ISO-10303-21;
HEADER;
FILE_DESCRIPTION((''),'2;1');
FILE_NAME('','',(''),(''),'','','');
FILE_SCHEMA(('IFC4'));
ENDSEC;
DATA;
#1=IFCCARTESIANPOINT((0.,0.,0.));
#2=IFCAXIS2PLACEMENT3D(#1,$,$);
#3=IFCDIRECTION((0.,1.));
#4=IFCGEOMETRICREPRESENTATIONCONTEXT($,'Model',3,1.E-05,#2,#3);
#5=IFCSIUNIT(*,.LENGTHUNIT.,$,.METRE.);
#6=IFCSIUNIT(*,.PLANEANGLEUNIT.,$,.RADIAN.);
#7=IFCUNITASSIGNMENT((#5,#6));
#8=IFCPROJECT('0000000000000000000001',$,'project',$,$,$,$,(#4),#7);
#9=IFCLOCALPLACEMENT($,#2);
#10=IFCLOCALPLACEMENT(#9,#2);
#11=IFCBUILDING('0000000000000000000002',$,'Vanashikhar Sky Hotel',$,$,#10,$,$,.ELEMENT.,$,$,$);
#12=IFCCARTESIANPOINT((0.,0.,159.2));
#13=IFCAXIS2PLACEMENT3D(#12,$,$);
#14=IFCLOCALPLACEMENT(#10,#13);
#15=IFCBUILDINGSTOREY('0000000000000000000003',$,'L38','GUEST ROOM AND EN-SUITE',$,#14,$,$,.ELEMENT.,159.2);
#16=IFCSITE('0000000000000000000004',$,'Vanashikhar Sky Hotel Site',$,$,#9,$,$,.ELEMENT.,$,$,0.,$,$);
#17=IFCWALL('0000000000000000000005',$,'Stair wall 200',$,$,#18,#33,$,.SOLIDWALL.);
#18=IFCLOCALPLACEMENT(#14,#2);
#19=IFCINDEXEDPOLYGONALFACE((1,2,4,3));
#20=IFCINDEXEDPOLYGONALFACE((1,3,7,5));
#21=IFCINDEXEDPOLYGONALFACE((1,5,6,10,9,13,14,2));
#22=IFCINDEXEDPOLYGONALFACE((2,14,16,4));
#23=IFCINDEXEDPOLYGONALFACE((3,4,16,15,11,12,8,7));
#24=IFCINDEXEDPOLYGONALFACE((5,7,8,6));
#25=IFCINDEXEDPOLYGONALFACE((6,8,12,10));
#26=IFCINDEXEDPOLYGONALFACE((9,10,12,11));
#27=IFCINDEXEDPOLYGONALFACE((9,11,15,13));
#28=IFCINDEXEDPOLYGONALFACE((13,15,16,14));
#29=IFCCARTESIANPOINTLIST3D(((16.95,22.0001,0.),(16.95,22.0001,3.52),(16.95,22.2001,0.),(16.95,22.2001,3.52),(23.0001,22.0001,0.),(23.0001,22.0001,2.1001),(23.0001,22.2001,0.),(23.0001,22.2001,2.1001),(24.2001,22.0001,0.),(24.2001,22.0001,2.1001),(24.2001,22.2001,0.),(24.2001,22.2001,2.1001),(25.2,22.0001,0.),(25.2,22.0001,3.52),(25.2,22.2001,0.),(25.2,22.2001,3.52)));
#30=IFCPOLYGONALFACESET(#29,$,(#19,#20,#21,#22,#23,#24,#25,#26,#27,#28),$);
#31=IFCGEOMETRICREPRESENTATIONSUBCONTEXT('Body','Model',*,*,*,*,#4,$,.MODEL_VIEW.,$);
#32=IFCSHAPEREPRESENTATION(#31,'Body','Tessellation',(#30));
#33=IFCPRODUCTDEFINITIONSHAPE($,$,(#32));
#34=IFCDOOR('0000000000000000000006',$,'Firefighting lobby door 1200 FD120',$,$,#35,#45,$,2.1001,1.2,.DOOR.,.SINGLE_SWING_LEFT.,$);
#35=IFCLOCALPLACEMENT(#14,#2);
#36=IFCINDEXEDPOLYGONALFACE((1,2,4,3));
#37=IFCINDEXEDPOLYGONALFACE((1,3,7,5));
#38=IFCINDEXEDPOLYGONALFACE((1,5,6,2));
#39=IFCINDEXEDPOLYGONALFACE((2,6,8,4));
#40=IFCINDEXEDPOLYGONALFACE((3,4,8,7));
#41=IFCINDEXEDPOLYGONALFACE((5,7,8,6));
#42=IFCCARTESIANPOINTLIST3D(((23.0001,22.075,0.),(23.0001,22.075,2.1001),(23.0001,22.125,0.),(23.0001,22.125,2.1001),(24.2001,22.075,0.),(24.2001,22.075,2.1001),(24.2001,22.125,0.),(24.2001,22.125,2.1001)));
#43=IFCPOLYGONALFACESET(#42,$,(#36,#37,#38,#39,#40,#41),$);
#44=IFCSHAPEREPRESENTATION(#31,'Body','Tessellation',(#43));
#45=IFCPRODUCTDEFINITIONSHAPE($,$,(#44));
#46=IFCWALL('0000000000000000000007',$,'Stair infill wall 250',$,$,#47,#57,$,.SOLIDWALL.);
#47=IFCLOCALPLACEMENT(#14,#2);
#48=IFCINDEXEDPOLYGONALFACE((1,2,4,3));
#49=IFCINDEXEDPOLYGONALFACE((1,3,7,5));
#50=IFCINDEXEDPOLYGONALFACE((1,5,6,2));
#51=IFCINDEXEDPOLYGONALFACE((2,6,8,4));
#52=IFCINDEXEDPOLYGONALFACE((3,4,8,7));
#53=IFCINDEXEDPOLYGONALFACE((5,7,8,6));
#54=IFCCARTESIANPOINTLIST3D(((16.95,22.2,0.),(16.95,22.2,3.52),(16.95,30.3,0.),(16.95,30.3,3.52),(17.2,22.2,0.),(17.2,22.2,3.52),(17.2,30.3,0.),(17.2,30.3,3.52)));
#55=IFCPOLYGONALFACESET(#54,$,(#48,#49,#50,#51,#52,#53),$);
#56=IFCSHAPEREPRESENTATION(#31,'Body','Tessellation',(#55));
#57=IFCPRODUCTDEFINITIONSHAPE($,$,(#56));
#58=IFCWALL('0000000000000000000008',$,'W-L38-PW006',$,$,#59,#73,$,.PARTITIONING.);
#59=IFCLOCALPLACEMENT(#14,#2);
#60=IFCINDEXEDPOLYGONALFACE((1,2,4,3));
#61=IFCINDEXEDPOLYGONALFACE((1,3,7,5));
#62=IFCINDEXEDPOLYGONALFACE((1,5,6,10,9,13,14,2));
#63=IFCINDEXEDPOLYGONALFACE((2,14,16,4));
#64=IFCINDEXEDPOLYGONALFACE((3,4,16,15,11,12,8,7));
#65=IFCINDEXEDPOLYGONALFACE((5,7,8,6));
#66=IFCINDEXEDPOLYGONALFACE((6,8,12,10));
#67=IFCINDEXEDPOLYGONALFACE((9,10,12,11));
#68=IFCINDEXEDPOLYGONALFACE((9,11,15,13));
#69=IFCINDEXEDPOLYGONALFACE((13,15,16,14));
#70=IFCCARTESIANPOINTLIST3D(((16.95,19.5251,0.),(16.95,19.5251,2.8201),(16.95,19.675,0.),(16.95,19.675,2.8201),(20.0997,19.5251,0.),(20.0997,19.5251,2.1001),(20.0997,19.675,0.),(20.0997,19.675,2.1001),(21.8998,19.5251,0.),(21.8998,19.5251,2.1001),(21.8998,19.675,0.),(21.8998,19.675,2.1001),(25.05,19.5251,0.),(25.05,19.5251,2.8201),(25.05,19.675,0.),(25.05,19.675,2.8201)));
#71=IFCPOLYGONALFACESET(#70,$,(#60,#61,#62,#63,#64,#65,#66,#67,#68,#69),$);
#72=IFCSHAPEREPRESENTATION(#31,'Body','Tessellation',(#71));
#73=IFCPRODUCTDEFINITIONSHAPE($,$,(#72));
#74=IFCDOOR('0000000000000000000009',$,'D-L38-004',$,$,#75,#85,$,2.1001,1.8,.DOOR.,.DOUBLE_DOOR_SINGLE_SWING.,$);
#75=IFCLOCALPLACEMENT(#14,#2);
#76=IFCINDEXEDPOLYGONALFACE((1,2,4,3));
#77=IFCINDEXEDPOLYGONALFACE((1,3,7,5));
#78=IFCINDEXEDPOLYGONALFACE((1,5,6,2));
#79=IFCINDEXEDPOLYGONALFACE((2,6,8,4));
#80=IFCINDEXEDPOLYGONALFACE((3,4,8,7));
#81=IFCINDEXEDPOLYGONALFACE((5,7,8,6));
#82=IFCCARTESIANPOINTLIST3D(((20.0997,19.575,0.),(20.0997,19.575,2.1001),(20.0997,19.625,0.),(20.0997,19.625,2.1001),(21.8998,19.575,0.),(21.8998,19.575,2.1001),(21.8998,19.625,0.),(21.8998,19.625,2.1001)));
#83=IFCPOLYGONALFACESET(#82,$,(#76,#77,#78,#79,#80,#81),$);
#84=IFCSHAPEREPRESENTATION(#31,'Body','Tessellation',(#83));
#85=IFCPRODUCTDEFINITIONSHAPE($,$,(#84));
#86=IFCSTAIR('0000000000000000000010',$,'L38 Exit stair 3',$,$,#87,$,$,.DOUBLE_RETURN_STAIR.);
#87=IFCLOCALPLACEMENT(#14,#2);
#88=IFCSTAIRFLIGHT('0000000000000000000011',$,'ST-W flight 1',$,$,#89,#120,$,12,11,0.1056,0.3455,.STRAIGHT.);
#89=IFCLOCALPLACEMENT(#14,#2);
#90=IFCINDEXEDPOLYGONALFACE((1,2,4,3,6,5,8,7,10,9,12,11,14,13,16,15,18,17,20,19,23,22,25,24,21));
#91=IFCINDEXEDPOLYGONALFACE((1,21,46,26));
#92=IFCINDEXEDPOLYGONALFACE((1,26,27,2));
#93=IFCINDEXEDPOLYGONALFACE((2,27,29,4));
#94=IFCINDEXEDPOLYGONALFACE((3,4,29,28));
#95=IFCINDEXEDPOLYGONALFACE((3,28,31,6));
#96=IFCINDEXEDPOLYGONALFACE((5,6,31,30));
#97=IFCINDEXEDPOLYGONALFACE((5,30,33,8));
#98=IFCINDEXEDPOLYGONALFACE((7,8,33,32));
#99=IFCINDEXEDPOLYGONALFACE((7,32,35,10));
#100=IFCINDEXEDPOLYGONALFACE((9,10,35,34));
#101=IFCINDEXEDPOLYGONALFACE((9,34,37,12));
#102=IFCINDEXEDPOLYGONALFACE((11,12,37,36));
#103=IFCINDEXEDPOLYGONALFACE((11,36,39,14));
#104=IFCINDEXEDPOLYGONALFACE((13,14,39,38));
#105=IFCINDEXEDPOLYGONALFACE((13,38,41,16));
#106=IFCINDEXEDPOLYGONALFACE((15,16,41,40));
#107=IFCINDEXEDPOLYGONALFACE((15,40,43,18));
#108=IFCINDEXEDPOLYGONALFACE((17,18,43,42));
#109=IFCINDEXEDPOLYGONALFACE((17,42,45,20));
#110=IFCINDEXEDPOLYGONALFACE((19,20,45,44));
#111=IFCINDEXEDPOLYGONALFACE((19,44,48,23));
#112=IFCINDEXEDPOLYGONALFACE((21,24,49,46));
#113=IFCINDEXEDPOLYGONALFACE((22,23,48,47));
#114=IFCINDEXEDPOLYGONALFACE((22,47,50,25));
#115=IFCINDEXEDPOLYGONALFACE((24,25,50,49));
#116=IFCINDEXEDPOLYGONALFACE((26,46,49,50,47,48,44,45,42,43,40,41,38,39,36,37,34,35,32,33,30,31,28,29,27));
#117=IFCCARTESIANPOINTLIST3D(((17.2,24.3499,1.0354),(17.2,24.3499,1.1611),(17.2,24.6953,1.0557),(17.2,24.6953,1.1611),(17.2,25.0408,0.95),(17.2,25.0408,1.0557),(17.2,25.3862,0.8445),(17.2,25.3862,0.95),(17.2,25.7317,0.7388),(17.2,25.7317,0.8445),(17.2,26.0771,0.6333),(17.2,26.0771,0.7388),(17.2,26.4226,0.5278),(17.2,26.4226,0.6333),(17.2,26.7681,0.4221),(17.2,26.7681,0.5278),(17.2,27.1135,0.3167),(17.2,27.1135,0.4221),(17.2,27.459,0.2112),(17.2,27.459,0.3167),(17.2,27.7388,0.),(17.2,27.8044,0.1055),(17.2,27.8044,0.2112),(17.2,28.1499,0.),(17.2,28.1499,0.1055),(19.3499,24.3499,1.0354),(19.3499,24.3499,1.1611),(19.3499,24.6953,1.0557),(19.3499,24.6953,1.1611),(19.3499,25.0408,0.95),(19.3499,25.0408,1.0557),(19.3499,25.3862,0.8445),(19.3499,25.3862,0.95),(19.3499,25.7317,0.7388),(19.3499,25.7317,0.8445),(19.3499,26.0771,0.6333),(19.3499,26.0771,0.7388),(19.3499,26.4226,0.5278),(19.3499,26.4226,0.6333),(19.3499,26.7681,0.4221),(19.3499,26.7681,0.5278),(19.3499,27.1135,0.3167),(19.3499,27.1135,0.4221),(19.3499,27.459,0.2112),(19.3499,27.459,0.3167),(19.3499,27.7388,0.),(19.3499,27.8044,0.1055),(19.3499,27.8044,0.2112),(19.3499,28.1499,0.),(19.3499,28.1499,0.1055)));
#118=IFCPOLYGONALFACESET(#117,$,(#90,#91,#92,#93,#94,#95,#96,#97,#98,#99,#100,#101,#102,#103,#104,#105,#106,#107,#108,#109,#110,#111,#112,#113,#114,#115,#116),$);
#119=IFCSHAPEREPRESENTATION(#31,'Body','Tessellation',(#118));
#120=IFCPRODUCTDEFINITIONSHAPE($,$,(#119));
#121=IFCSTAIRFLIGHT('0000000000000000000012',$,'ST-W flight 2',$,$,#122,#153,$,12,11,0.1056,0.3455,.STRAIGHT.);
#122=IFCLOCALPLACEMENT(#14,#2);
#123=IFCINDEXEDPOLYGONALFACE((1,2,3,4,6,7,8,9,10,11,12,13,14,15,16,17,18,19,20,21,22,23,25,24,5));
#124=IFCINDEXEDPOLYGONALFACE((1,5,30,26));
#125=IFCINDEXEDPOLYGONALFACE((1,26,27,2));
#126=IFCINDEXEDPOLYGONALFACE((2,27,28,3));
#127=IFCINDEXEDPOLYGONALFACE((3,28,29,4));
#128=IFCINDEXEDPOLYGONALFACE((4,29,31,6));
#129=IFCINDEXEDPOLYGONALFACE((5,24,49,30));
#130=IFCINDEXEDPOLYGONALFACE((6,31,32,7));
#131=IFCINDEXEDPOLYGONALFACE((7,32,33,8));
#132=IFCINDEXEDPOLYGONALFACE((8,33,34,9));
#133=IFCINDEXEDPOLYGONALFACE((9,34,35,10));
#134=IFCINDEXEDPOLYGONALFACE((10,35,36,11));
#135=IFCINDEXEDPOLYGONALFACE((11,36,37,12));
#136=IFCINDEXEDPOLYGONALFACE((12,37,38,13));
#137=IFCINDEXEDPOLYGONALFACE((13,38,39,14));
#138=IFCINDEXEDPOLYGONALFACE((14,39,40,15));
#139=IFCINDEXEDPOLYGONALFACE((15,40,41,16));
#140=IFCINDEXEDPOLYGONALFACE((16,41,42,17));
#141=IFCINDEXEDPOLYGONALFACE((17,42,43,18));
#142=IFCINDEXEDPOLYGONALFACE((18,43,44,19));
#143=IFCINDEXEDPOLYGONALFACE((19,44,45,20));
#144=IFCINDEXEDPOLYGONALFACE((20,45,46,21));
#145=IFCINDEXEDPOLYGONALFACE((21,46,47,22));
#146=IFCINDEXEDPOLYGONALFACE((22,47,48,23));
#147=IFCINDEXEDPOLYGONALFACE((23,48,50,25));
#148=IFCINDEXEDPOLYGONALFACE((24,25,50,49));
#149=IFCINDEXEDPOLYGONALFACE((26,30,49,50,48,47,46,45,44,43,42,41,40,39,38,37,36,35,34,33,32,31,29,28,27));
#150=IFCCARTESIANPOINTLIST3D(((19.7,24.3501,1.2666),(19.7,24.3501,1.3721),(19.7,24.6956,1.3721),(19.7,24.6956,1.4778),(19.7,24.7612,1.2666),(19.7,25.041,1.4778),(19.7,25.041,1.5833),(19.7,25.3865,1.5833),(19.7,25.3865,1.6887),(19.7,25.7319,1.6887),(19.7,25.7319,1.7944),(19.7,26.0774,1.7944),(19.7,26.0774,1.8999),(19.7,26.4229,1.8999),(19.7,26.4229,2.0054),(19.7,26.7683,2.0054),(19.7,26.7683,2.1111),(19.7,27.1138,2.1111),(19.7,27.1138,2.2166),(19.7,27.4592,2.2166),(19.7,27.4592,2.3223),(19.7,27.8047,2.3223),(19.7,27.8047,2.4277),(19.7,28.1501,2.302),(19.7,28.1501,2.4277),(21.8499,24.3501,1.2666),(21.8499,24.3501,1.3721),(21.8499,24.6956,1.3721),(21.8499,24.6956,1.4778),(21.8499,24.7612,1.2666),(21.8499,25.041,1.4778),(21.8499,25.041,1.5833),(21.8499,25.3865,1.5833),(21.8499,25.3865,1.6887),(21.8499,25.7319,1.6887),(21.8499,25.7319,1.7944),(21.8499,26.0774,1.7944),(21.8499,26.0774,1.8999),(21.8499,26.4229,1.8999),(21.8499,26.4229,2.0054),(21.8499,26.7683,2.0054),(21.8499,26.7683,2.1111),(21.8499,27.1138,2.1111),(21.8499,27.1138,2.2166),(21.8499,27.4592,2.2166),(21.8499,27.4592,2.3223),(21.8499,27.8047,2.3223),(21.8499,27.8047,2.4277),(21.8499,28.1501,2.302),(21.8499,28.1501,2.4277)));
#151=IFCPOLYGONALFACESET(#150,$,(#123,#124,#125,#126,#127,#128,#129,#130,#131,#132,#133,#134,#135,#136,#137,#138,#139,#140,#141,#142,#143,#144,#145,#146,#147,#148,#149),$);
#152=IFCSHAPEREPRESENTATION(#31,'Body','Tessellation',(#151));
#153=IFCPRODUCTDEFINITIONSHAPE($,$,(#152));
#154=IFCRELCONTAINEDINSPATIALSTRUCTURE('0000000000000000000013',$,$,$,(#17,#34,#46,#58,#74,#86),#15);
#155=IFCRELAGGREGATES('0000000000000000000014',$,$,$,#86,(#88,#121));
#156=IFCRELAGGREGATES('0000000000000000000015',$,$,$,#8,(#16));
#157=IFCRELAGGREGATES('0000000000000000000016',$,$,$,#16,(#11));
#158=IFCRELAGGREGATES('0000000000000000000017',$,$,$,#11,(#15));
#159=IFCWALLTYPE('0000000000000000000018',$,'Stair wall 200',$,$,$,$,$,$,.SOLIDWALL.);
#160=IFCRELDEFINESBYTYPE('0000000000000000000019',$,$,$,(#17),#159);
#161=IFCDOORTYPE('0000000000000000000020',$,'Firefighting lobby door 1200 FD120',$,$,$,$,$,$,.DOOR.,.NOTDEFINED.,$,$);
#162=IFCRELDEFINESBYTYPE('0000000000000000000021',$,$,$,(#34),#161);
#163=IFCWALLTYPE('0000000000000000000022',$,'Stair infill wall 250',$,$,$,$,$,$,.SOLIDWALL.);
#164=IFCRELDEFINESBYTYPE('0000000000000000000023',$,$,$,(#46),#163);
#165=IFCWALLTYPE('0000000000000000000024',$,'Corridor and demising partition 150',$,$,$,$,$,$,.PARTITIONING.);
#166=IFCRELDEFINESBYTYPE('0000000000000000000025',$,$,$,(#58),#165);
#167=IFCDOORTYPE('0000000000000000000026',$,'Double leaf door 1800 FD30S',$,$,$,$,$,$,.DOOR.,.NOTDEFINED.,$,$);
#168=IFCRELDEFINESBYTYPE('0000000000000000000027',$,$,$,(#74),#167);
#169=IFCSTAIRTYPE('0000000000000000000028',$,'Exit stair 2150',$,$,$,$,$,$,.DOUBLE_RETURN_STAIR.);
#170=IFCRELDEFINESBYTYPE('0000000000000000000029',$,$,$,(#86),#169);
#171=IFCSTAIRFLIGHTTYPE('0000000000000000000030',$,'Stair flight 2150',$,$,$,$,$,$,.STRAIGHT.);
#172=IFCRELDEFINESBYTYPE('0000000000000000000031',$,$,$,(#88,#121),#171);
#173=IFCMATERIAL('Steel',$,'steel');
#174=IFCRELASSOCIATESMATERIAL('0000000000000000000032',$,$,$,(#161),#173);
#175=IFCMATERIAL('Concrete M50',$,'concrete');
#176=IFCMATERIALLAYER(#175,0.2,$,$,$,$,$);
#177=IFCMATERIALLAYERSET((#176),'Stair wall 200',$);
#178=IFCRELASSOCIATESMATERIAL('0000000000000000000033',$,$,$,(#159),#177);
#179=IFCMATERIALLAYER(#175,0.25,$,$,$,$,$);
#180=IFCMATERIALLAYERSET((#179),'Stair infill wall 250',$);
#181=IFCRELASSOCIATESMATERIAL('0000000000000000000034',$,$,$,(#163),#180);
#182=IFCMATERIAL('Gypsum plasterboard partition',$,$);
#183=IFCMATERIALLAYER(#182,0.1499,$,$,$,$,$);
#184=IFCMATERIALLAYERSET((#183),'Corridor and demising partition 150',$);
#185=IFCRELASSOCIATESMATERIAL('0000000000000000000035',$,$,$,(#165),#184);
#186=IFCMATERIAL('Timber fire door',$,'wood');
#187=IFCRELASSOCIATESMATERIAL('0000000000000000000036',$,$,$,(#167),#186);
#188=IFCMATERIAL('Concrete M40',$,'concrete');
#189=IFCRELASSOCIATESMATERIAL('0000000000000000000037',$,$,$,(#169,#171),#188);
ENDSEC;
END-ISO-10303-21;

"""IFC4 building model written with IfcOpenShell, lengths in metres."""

from ifc_helpers import new_model, si_unit, direction, frame, frame_2d, origin, place, context, subcontext, project, spatial, polyline, rectangle, outline, extrude, source, transform, mapped, material, layer, layer_set, type_object, element, fill, aggregate, save


model = new_model("IFC4")

# Units and contexts
model_context = context("Model", 3, precision=1e-05, world=origin(), true_north=direction((0.0, 1.0)))
body_context = subcontext(model_context, "Body", "Model", "MODEL_VIEW")
ifc_project = project(units=[si_unit("LENGTHUNIT", "METRE"), si_unit("PLANEANGLEUNIT", "RADIAN")], contexts=[model_context])

# Site, building, storey
site_placement = place(None, origin())
site = spatial("IfcSite", under=ifc_project, at=site_placement, Name="Vanashikhar Sky Hotel Site", CompositionType="ELEMENT", RefElevation=0.0)
building_placement = place(site_placement, origin())
building = spatial("IfcBuilding", under=site, at=building_placement, Name="Vanashikhar Sky Hotel", CompositionType="ELEMENT")
storey_placement = place(building_placement, frame((0.0, 0.0, 159.2)))
storey = spatial("IfcBuildingStorey", under=building, at=storey_placement, Name="L38", Description="GUEST ROOM AND EN-SUITE", CompositionType="ELEMENT", Elevation=159.2)

# Shared definitions
ifc_material_1 = material(Name="Steel", Category="steel")
door_type_1 = type_object("IfcDoorType", Name="Firefighting lobby door 1200 FD120", OperationType="NOTDEFINED", PredefinedType="DOOR", material=ifc_material_1)

# Wall, opening, door
ifc_material_2 = material(Name="Concrete M50", Category="concrete")
ifc_layer_1 = layer(ifc_material_2, 0.2)
ifc_layer_set_1 = layer_set([ifc_layer_1], Name="Stair wall 200")
wall_type_1 = type_object("IfcWallType", Name="Stair wall 200", PredefinedType="SOLIDWALL", material=ifc_layer_set_1)
shared_shape_1 = source(origin(), body_context, "Body", "SweptSolid", [
    extrude(rectangle(XDim=1.2, YDim=2.1001, at=frame_2d((0.6001, 1.05))), frame((0.0, 0.1099, 0.0), z_axis=(0.0, -1.0, 0.0), x_axis=(1.0, 0.0, 0.0)), (0.0, 0.0, 1.0), 0.22),
])
shared_shape_2 = source(origin(), body_context, "Body", "SweptSolid", [
    extrude(rectangle(XDim=1.2, YDim=2.1001, at=frame_2d((0.6001, 1.05))), frame((0.0, 0.0249, 0.0), z_axis=(0.0, -1.0, 0.0), x_axis=(1.0, 0.0, 0.0)), (0.0, 0.0, 1.0), 0.05),
])
shared_shape_3 = source(origin(), body_context, "Body", "SweptSolid", [
    extrude(rectangle(XDim=8.25, YDim=0.2, at=frame_2d((4.125, 0.0))), origin(), (0.0, 0.0, 1.0), 3.52),
])
wall_1_placement = place(storey_placement, frame((16.95, 22.1001, 0.0), z_axis=(0.0, 0.0, 1.0), x_axis=(1.0, 0.0, 0.0)))
wall_1 = element("IfcWall", 1, at=wall_1_placement, inside=storey, type_object=wall_type_1, Name="Stair wall 200", PredefinedType="SOLIDWALL", context=body_context, shape_type="MappedRepresentation", body=[
    mapped(shared_shape_3, transform((0.0, 0.0, 0.0), scale=1.0)),
])
opening_1_placement = place(wall_1_placement, frame((6.05, 0.0, 0.0)))
opening_1 = element("IfcOpeningElement", 2, at=opening_1_placement, cuts=wall_1, PredefinedType="OPENING", context=body_context, shape_type="MappedRepresentation", body=[
    mapped(shared_shape_1, transform((0.0, 0.0, 0.0), scale=1.0)),
])
door_1_placement = place(opening_1_placement, origin())
door_1 = element("IfcDoor", 3, at=door_1_placement, inside=storey, type_object=door_type_1, Name="Firefighting lobby door 1200 FD120", OperationType="SINGLE_SWING_LEFT", OverallHeight=2.1001, OverallWidth=1.2, PredefinedType="DOOR", context=body_context, shape_type="MappedRepresentation", body=[
    mapped(shared_shape_2, transform((0.0, 0.0, 0.0), scale=1.0)),
])
fill(opening_1, door_1)

# Wall
ifc_layer_2 = layer(ifc_material_2, 0.25)
ifc_layer_set_2 = layer_set([ifc_layer_2], Name="Stair infill wall 250")
wall_type_2 = type_object("IfcWallType", Name="Stair infill wall 250", PredefinedType="SOLIDWALL", material=ifc_layer_set_2)
shared_shape_4 = source(origin(), body_context, "Body", "SweptSolid", [
    extrude(rectangle(XDim=8.1001, YDim=0.25, at=frame_2d((4.05, 0.0))), origin(), (0.0, 0.0, 1.0), 3.52),
])
wall_2_placement = place(storey_placement, frame((17.075, 22.2, 0.0), z_axis=(0.0, 0.0, 1.0), x_axis=(0.0, 1.0, 0.0)))
element("IfcWall", 4, at=wall_2_placement, inside=storey, type_object=wall_type_2, Name="Stair infill wall 250", PredefinedType="SOLIDWALL", context=body_context, shape_type="MappedRepresentation", body=[
    mapped(shared_shape_4, transform((0.0, 0.0, 0.0), scale=1.0)),
])

# Wall, opening, door
ifc_material_3 = material(Name="Gypsum plasterboard partition")
ifc_layer_3 = layer(ifc_material_3, 0.1499)
ifc_layer_set_3 = layer_set([ifc_layer_3], Name="Corridor and demising partition 150")
wall_type_3 = type_object("IfcWallType", Name="Corridor and demising partition 150", PredefinedType="PARTITIONING", material=ifc_layer_set_3)
shared_shape_5 = source(origin(), body_context, "Body", "SweptSolid", [
    extrude(rectangle(XDim=8.1001, YDim=0.1499, at=frame_2d((4.05, 0.0))), origin(), (0.0, 0.0, 1.0), 2.8201),
])
wall_3_placement = place(storey_placement, frame((16.95, 19.6001, 0.0), z_axis=(0.0, 0.0, 1.0), x_axis=(1.0, 0.0, 0.0)))
wall_3 = element("IfcWall", 5, at=wall_3_placement, inside=storey, type_object=wall_type_3, Name="W-L38-PW006", PredefinedType="PARTITIONING", context=body_context, shape_type="MappedRepresentation", body=[
    mapped(shared_shape_5, transform((0.0, 0.0, 0.0), scale=1.0)),
])
shared_shape_6 = source(origin(), body_context, "Body", "SweptSolid", [
    extrude(rectangle(XDim=1.8, YDim=2.1001, at=frame_2d((0.8999, 1.05))), frame((0.0, 0.085, 0.0), z_axis=(0.0, -1.0, 0.0), x_axis=(1.0, 0.0, 0.0)), (0.0, 0.0, 1.0), 0.1699),
])
opening_2_placement = place(wall_3_placement, frame((3.1499, 0.0, 0.0)))
opening_2 = element("IfcOpeningElement", 6, at=opening_2_placement, cuts=wall_3, PredefinedType="OPENING", context=body_context, shape_type="MappedRepresentation", body=[
    mapped(shared_shape_6, transform((0.0, 0.0, 0.0), scale=1.0)),
])
ifc_material_4 = material(Name="Timber fire door", Category="wood")
door_type_2 = type_object("IfcDoorType", Name="Double leaf door 1800 FD30S", OperationType="NOTDEFINED", PredefinedType="DOOR", material=ifc_material_4)
shared_shape_7 = source(origin(), body_context, "Body", "SweptSolid", [
    extrude(rectangle(XDim=1.8, YDim=2.1001, at=frame_2d((0.8999, 1.05))), frame((0.0, 0.0249, 0.0), z_axis=(0.0, -1.0, 0.0), x_axis=(1.0, 0.0, 0.0)), (0.0, 0.0, 1.0), 0.05),
])
door_2_placement = place(opening_2_placement, origin())
door_2 = element("IfcDoor", 7, at=door_2_placement, inside=storey, type_object=door_type_2, Name="D-L38-004", OperationType="DOUBLE_DOOR_SINGLE_SWING", OverallHeight=2.1001, OverallWidth=1.8, PredefinedType="DOOR", context=body_context, shape_type="MappedRepresentation", body=[
    mapped(shared_shape_7, transform((0.0, 0.0, 0.0), scale=1.0)),
])
fill(opening_2, door_2)

# Stair, stair flights
ifc_material_5 = material(Name="Concrete M40", Category="concrete")
stair_type = type_object("IfcStairType", Name="Exit stair 2150", PredefinedType="DOUBLE_RETURN_STAIR", material=ifc_material_5)
stair_placement = place(storey_placement, origin())
stair = element("IfcStair", 8, at=stair_placement, inside=storey, type_object=stair_type, Name="L38 Exit stair 3", PredefinedType="DOUBLE_RETURN_STAIR")
stair_flight_type = type_object("IfcStairFlightType", Name="Stair flight 2150", PredefinedType="STRAIGHT", material=ifc_material_5)
shared_shape_8 = source(origin(), body_context, "Body", "SweptSolid", [
    extrude(outline(polyline([(0.0, 0.0), (0.0, 0.1055), (0.3455, 0.1055), (0.3455, 0.2112), (0.6909, 0.2112), (0.6909, 0.3167), (1.0364, 0.3167), (1.0364, 0.4221), (1.3818, 0.4221), (1.3818, 0.5278), (1.7273, 0.5278), (1.7273, 0.6333), (2.0728, 0.6333), (2.0728, 0.7388), (2.4182, 0.7388), (2.4182, 0.8445), (2.7637, 0.8445), (2.7637, 0.95), (3.1091, 0.95), (3.1091, 1.0557), (3.4546, 1.0557), (3.4546, 1.1611), (3.8, 1.1611), (3.8, 1.2666), (3.8, 1.0354), (0.4111, 0.0), (0.0, 0.0)])), frame((0.0, 1.075, 0.0), z_axis=(0.0, -1.0, 0.0), x_axis=(1.0, 0.0, 0.0)), (0.0, 0.0, 1.0), 2.1499),
])
stair_flight_1_placement = place(storey_placement, frame((18.2749, 28.1499, 0.0), z_axis=(0.0, 0.0, 1.0), x_axis=(0.0, -1.0, 0.0)))
stair_flight_1 = element("IfcStairFlight", 9, at=stair_flight_1_placement, type_object=stair_flight_type, Name="ST-W flight 1", NumberOfRisers=12, NumberOfTreads=11, PredefinedType="STRAIGHT", RiserHeight=0.1056, TreadLength=0.3455, context=body_context, shape_type="MappedRepresentation", body=[
    mapped(shared_shape_8, transform((0.0, 0.0, 0.0), scale=1.0)),
])
stair_flight_2_placement = place(storey_placement, frame((20.7749, 24.3501, 1.2666), z_axis=(0.0, 0.0, 1.0), x_axis=(0.0, 1.0, 0.0)))
stair_flight_2 = element("IfcStairFlight", 10, at=stair_flight_2_placement, type_object=stair_flight_type, Name="ST-W flight 2", NumberOfRisers=12, NumberOfTreads=11, PredefinedType="STRAIGHT", RiserHeight=0.1056, TreadLength=0.3455, context=body_context, shape_type="MappedRepresentation", body=[
    mapped(shared_shape_8, transform((0.0, 0.0, 0.0), scale=1.0)),
])
aggregate(stair, [stair_flight_1, stair_flight_2])

save(model, "model.ifc")
